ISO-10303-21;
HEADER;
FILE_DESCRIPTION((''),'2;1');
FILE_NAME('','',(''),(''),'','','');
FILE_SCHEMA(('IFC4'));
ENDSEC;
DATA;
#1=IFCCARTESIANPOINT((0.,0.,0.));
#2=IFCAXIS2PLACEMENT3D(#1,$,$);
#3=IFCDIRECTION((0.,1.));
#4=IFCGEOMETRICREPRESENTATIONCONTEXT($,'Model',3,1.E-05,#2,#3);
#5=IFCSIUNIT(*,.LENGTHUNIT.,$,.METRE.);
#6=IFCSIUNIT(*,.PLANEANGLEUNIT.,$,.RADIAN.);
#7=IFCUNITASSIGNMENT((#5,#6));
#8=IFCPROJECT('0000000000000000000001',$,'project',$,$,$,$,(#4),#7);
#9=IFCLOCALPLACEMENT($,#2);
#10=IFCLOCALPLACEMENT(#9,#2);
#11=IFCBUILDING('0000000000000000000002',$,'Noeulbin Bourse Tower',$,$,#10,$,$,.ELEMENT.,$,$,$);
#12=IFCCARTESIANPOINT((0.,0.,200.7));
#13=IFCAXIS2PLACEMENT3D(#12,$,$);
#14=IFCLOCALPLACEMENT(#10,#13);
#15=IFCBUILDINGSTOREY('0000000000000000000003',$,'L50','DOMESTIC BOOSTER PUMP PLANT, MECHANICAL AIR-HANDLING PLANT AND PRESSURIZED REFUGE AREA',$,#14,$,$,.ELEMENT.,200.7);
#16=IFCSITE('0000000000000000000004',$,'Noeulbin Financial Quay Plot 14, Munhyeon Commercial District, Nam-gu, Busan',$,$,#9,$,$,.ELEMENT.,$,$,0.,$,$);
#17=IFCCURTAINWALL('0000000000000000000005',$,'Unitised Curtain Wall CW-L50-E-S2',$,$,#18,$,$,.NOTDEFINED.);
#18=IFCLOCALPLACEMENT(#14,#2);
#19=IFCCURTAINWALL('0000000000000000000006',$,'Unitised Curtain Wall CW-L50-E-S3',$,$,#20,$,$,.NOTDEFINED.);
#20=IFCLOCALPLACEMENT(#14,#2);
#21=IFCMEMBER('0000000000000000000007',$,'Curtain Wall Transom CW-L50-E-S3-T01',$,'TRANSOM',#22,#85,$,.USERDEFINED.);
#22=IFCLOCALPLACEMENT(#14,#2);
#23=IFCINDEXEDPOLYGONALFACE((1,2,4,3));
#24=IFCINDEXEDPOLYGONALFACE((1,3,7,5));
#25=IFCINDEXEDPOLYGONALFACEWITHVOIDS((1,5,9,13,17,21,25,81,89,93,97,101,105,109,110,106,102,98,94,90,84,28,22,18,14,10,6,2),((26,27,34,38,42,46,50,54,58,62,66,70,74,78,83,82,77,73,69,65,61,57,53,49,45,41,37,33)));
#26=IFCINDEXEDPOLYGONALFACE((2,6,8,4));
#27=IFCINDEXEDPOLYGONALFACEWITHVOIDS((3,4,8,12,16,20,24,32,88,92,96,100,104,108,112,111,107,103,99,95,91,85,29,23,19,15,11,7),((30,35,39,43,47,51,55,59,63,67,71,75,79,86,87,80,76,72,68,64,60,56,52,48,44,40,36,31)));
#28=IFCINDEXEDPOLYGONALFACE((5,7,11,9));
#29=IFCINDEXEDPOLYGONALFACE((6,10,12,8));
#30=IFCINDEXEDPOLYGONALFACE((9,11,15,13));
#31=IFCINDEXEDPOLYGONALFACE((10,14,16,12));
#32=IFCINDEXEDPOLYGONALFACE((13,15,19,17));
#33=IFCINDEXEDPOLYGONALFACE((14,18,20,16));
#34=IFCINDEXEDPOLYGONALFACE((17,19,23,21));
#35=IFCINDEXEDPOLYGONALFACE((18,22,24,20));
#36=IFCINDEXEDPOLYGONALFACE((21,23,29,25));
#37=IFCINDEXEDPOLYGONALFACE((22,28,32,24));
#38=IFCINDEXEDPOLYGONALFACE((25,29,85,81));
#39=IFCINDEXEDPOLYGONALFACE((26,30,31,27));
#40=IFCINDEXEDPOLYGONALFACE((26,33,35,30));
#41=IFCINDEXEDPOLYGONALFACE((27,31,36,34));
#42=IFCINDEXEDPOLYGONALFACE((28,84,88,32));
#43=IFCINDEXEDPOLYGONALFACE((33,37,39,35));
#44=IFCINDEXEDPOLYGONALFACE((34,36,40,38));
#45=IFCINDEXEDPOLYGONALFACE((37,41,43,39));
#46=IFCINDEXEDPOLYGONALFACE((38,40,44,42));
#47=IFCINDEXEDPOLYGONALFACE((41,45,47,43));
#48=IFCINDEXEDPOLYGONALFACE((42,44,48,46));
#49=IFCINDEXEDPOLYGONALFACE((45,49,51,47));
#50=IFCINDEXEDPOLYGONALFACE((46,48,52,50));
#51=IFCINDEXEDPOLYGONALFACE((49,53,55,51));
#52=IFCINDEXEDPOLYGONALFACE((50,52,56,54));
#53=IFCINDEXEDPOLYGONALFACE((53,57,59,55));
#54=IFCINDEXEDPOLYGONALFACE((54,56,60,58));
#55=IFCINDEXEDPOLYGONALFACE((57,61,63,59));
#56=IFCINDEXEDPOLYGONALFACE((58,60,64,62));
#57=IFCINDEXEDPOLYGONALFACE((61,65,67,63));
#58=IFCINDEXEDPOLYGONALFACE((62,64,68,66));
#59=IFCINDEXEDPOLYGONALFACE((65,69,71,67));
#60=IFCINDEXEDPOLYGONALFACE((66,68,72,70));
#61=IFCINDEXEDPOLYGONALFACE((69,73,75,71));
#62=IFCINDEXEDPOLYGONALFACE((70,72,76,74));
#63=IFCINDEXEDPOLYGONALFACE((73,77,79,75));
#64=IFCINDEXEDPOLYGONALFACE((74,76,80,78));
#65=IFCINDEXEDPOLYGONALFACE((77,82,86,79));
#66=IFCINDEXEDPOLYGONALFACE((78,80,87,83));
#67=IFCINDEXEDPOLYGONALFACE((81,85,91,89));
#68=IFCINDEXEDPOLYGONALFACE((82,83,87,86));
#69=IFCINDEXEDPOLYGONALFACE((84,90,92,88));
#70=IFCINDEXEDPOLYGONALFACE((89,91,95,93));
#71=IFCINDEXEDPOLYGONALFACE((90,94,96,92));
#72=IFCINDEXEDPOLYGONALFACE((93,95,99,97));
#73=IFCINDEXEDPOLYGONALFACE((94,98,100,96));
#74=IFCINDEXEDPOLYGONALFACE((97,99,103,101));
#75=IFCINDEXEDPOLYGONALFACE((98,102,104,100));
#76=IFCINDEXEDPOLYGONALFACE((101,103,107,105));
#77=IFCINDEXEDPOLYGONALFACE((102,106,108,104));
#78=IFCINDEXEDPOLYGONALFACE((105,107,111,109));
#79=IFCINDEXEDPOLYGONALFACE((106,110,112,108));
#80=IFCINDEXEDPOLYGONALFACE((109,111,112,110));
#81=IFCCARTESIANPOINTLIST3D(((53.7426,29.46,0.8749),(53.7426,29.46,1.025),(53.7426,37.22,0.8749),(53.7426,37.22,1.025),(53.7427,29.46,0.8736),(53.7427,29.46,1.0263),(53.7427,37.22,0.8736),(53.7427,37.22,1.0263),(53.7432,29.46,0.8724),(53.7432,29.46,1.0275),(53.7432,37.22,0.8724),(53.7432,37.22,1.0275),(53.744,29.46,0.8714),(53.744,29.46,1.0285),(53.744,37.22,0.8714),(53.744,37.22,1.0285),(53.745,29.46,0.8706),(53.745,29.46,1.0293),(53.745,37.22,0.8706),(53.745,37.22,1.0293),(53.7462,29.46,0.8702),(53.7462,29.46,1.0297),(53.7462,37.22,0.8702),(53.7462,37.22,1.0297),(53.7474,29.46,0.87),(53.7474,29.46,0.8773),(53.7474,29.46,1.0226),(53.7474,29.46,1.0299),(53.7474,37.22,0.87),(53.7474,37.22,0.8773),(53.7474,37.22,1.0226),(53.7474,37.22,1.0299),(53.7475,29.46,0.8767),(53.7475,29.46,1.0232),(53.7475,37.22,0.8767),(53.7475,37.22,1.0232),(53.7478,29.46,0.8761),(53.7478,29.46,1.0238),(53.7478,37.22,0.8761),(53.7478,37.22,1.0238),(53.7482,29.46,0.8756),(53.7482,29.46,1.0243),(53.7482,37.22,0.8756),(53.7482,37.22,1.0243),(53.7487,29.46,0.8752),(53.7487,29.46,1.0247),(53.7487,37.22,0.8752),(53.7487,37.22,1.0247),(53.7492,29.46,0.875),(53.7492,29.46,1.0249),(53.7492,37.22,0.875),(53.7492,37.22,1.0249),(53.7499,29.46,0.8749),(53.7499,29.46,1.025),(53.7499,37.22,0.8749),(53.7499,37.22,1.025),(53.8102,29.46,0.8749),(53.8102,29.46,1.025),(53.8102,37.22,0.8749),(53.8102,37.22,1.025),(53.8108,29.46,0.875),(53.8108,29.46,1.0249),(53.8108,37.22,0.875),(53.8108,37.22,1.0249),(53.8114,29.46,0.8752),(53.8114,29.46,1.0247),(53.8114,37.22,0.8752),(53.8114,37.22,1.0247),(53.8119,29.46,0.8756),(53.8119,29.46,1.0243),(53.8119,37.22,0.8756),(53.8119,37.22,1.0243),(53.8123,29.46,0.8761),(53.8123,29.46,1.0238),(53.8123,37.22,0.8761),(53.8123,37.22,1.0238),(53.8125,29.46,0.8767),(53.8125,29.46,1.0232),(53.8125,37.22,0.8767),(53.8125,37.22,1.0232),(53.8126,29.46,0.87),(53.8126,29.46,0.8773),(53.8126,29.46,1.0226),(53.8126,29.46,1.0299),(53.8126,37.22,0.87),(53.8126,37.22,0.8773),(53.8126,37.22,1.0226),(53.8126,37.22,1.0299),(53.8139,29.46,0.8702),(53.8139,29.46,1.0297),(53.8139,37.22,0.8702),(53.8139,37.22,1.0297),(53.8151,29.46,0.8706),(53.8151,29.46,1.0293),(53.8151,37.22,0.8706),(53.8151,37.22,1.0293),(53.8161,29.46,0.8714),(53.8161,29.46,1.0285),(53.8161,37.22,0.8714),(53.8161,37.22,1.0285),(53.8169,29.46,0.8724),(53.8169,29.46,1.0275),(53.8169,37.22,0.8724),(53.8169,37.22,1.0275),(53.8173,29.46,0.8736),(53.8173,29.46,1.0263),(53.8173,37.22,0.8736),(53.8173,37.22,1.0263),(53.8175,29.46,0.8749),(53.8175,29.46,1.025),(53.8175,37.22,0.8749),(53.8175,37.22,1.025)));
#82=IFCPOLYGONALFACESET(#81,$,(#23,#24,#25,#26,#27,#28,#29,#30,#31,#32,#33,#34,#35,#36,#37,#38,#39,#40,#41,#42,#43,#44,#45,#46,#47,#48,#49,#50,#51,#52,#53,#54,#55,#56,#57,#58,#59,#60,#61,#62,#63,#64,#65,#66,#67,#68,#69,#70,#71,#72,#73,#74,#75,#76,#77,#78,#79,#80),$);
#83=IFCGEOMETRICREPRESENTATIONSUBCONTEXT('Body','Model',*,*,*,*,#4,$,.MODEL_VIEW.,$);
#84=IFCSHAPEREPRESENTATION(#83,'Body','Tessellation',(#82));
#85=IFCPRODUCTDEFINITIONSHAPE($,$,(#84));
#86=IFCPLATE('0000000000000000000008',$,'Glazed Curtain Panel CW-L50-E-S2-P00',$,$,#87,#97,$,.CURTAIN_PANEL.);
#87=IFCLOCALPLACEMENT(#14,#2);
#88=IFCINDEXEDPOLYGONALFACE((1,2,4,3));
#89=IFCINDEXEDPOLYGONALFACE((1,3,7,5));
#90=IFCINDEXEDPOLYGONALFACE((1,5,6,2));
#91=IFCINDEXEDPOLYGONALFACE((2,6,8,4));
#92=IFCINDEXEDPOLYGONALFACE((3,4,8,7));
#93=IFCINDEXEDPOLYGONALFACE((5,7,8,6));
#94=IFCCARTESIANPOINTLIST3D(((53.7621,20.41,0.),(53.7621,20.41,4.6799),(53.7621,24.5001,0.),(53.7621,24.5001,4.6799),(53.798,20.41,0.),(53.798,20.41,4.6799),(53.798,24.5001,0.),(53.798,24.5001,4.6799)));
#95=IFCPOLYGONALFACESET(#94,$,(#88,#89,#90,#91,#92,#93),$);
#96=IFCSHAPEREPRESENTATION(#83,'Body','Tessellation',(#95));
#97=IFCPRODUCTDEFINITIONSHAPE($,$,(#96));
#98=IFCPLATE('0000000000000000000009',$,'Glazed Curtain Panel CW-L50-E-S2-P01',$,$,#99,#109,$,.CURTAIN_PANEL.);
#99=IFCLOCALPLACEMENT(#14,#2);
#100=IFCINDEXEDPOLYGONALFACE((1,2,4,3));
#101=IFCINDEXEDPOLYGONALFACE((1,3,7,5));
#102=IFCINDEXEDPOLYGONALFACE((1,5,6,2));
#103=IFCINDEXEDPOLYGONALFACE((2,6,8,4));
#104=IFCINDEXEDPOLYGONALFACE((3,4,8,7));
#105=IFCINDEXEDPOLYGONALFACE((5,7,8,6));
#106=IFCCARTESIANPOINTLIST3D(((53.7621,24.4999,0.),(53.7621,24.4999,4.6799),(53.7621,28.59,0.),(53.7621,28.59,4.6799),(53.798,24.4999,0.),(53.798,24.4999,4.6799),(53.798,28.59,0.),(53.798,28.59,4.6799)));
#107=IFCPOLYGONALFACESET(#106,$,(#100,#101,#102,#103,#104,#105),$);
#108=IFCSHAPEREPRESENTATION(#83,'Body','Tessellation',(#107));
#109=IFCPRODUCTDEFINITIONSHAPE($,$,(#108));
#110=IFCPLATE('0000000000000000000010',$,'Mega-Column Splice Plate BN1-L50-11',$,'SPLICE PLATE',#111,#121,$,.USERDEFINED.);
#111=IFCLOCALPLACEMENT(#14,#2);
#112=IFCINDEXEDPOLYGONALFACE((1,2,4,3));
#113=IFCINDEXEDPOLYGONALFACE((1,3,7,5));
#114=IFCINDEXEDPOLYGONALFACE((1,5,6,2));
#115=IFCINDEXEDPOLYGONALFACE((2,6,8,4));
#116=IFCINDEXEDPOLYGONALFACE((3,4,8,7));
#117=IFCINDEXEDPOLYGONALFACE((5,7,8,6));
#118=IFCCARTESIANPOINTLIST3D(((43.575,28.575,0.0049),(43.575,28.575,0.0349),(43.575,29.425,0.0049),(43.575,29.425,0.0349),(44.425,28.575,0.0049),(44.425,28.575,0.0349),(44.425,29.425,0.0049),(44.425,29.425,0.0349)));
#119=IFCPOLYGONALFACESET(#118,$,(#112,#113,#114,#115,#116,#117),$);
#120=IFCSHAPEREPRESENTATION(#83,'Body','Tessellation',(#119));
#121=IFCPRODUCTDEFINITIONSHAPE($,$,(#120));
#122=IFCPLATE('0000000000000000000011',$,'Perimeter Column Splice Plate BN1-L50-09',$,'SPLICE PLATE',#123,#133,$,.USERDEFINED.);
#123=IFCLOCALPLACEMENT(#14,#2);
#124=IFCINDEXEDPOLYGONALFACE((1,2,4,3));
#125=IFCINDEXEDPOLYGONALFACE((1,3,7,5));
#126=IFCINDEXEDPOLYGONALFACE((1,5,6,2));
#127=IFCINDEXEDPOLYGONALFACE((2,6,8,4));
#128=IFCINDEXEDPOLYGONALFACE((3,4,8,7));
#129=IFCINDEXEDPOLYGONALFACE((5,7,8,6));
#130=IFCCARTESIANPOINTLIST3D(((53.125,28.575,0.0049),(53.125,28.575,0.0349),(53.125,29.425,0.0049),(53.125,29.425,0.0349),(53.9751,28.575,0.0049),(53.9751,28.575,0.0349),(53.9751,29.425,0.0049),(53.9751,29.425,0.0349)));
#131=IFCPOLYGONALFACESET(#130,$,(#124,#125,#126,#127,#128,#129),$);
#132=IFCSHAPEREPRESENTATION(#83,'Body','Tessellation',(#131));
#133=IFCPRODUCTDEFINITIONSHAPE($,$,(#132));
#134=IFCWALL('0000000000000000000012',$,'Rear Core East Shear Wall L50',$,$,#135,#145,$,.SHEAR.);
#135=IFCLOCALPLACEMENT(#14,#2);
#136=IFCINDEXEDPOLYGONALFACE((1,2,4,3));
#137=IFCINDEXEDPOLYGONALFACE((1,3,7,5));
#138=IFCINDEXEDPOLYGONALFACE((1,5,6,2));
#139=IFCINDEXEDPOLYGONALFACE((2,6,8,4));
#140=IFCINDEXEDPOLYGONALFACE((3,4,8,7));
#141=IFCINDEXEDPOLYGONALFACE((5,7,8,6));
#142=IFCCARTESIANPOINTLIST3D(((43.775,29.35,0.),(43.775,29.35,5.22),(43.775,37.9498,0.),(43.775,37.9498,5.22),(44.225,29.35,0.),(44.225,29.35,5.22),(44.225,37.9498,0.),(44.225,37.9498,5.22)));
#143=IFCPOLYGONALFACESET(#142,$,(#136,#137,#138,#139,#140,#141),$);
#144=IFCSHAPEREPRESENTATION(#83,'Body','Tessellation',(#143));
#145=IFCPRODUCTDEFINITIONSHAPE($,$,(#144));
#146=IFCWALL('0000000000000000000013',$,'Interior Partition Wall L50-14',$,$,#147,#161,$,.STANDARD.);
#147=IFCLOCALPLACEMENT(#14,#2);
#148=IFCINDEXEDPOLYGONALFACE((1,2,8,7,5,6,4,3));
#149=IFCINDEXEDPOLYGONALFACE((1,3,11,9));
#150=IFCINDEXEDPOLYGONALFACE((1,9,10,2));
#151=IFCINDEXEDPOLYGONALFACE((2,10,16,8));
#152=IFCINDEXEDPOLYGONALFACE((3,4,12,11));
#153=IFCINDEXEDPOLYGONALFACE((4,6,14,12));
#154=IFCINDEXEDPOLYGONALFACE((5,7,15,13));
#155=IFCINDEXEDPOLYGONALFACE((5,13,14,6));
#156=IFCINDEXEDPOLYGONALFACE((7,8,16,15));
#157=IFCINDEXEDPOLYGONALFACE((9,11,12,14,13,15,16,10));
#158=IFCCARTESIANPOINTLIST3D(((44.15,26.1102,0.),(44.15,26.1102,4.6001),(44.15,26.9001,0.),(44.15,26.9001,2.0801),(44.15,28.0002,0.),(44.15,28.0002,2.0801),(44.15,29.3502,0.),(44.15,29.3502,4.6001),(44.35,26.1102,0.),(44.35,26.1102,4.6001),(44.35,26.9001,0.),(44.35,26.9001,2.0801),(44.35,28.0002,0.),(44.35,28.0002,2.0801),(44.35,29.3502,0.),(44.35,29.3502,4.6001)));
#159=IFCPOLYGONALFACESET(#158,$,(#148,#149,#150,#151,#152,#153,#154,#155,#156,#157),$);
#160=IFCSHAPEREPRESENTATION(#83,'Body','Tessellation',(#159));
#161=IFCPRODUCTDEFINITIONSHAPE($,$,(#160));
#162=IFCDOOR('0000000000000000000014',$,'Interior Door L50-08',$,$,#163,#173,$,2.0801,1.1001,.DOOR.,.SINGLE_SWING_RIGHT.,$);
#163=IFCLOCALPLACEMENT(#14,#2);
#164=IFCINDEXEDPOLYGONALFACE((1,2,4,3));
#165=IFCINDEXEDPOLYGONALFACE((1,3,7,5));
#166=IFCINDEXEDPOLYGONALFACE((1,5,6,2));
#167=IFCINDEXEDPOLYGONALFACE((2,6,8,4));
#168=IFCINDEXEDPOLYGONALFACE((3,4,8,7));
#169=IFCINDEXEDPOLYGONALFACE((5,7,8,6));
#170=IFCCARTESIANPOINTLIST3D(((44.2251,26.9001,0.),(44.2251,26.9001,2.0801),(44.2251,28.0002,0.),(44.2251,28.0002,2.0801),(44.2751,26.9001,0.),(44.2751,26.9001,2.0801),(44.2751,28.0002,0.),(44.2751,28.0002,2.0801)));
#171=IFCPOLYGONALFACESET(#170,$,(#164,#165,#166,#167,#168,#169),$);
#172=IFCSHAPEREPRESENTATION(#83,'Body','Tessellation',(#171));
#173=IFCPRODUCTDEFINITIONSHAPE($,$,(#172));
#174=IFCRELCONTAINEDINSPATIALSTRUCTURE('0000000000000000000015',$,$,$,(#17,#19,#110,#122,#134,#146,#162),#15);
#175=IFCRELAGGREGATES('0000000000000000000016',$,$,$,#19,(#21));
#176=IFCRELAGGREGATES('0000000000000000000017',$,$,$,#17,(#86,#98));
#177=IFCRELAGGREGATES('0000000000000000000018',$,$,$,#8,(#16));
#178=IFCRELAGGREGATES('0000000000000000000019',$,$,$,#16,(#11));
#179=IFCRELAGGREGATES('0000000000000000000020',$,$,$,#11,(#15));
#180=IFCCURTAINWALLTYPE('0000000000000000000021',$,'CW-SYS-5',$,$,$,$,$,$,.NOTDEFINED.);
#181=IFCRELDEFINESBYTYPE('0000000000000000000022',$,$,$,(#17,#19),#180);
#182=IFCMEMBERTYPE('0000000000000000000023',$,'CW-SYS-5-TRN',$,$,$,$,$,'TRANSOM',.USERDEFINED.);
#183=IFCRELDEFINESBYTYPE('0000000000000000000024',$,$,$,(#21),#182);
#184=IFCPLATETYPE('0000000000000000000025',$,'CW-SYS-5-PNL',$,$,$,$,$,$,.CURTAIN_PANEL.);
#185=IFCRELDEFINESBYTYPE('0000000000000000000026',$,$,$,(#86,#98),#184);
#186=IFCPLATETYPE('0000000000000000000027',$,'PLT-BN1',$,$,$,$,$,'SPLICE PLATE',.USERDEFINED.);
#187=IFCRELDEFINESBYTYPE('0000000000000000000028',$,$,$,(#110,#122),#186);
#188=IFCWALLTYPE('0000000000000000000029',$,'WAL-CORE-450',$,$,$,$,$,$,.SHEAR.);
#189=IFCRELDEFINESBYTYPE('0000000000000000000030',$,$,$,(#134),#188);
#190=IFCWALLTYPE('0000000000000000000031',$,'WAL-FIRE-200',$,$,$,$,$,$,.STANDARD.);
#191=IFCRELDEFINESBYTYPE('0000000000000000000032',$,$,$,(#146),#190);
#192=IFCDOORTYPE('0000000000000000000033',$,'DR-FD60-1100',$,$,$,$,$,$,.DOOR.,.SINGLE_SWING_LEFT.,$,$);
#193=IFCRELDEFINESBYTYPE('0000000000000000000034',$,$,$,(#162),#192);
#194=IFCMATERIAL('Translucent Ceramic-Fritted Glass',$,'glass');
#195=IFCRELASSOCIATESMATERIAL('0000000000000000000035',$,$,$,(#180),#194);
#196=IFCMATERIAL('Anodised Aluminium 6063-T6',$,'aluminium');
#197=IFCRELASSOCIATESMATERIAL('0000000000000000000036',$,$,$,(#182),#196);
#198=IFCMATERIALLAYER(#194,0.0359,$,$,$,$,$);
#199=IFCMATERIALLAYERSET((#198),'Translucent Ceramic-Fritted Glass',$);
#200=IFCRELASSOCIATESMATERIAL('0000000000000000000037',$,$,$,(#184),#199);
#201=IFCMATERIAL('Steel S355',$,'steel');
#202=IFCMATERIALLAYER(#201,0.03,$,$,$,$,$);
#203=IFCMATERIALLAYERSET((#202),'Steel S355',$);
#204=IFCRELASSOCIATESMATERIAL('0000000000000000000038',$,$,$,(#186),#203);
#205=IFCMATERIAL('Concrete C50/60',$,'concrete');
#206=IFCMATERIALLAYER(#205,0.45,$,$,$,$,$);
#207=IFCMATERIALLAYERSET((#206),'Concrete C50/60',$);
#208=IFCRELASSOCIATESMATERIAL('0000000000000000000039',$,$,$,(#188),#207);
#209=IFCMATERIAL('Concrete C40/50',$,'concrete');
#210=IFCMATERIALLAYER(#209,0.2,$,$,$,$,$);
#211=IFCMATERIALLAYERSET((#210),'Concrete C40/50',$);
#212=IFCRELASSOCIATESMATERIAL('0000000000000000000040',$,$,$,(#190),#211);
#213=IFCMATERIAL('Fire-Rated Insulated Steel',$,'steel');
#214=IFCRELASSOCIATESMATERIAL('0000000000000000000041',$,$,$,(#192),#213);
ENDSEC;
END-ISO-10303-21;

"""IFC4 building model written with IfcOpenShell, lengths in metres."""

from ifc_helpers import new_model, si_unit, direction, frame, frame_2d, origin, origin_2d, place, context, subcontext, project, spatial, rectangle, hollow_rectangle, extrude, material, layer, layer_set, material_profile, profile_set, type_object, element, fill, aggregate, save


model = new_model("IFC4")

# Units and contexts
model_context = context("Model", 3, precision=1e-05, world=origin(), true_north=direction((0.0, 1.0)))
body_context = subcontext(model_context, "Body", "Model", "MODEL_VIEW")
ifc_project = project(units=[si_unit("LENGTHUNIT", "METRE"), si_unit("PLANEANGLEUNIT", "RADIAN")], contexts=[model_context])

# Site, building, storey
site_placement = place(None, origin())
site = spatial("IfcSite", under=ifc_project, at=site_placement, Name="Noeulbin Financial Quay Plot 14, Munhyeon Commercial District, Nam-gu, Busan", CompositionType="ELEMENT", RefElevation=0.0)
building_placement = place(site_placement, origin())
building = spatial("IfcBuilding", under=site, at=building_placement, Name="Noeulbin Bourse Tower", CompositionType="ELEMENT")
storey_placement = place(building_placement, frame((0.0, 0.0, 200.7)))
storey = spatial("IfcBuildingStorey", under=building, at=storey_placement, Name="L50", Description="DOMESTIC BOOSTER PUMP PLANT, MECHANICAL AIR-HANDLING PLANT AND PRESSURIZED REFUGE AREA", CompositionType="ELEMENT", Elevation=200.7)

# Shared definitions
ifc_material_1 = material(Name="Steel S355", Category="steel")

# Curtain wall
ifc_material_2 = material(Name="Translucent Ceramic-Fritted Glass", Category="glass")
curtain_wall_type = type_object("IfcCurtainWallType", Name="CW-SYS-5", PredefinedType="NOTDEFINED", material=ifc_material_2)
curtain_wall_1_placement = place(storey_placement, origin())
curtain_wall_1 = element("IfcCurtainWall", 1, at=curtain_wall_1_placement, inside=storey, type_object=curtain_wall_type, Name="Unitised Curtain Wall CW-L50-E-S2", PredefinedType="NOTDEFINED")
ifc_material_3 = material(Name="Anodised Aluminium 6063-T6", Category="aluminium")

# Curtain wall
curtain_wall_2_placement = place(storey_placement, origin())
curtain_wall_2 = element("IfcCurtainWall", 2, at=curtain_wall_2_placement, inside=storey, type_object=curtain_wall_type, Name="Unitised Curtain Wall CW-L50-E-S3", PredefinedType="NOTDEFINED")

# Member
ifc_material_profile_1 = material_profile(ifc_material_3, hollow_rectangle(XDim=0.075, YDim=0.1599, WallThickness=0.0049, InnerFilletRadius=0.0024, OuterFilletRadius=0.0049, at=origin_2d()), Name="ALU-TRAN-75x160x5", Category="LoadBearing")
ifc_profile_set_1 = profile_set([ifc_material_profile_1], Name="Anodised Aluminium 6063-T6")
member_type_1 = type_object("IfcMemberType", Name="CW-SYS-5-TRN", ElementType="TRANSOM", PredefinedType="USERDEFINED", material=ifc_profile_set_1)
member_1_placement = place(storey_placement, frame((53.78, 29.46, 0.95), z_axis=(0.0, 1.0, 0.0), x_axis=(-1.0, 0.0, 0.0)))
member_1 = element("IfcMember", 3, at=member_1_placement, type_object=member_type_1, Name="Curtain Wall Transom CW-L50-E-S3-T01", ObjectType="TRANSOM", PredefinedType="USERDEFINED", context=body_context, shape_type="SweptSolid", body=[
    extrude(hollow_rectangle(XDim=0.075, YDim=0.1599, WallThickness=0.0049, InnerFilletRadius=0.0024, OuterFilletRadius=0.0049, at=origin_2d()), origin(), (0.0, 0.0, 1.0), 7.76),
])
aggregate(curtain_wall_2, [member_1])

# Plates
ifc_layer_1 = layer(ifc_material_2, 0.0359)
ifc_layer_set_1 = layer_set([ifc_layer_1], Name="Translucent Ceramic-Fritted Glass")
plate_type_1 = type_object("IfcPlateType", Name="CW-SYS-5-PNL", PredefinedType="CURTAIN_PANEL", material=ifc_layer_set_1)
plate_1_placement = place(storey_placement, frame((53.78, 22.4551, 0.0), z_axis=(0.0, 0.0, 1.0), x_axis=(0.0, 1.0, 0.0)))
plate_1 = element("IfcPlate", 4, at=plate_1_placement, type_object=plate_type_1, Name="Glazed Curtain Panel CW-L50-E-S2-P00", PredefinedType="CURTAIN_PANEL", context=body_context, shape_type="SweptSolid", body=[
    extrude(rectangle(XDim=4.0901, YDim=0.0359, at=origin_2d()), origin(), (0.0, 0.0, 1.0), 4.6799),
])
plate_2_placement = place(storey_placement, frame((53.78, 26.5449, 0.0), z_axis=(0.0, 0.0, 1.0), x_axis=(0.0, 1.0, 0.0)))
plate_2 = element("IfcPlate", 5, at=plate_2_placement, type_object=plate_type_1, Name="Glazed Curtain Panel CW-L50-E-S2-P01", PredefinedType="CURTAIN_PANEL", context=body_context, shape_type="SweptSolid", body=[
    extrude(rectangle(XDim=4.0901, YDim=0.0359, at=origin_2d()), origin(), (0.0, 0.0, 1.0), 4.6799),
])
aggregate(curtain_wall_1, [plate_1, plate_2])

# Plates
ifc_layer_2 = layer(ifc_material_1, 0.03)
ifc_layer_set_2 = layer_set([ifc_layer_2], Name="Steel S355")
plate_type_2 = type_object("IfcPlateType", Name="PLT-BN1", ElementType="SPLICE PLATE", PredefinedType="USERDEFINED", material=ifc_layer_set_2)
for number, where, z_axis, x_axis, name in (
    (6, (44.0, 29.0, 0.0049), (0.0, 0.0, 1.0), (1.0, 0.0, 0.0), "Mega-Column Splice Plate BN1-L50-11"),
    (7, (53.55, 29.0, 0.0049), (0.0, 0.0, 1.0), (1.0, 0.0, 0.0), "Perimeter Column Splice Plate BN1-L50-09"),
):
    element("IfcPlate", number, at=place(storey_placement, frame(where, z_axis=z_axis, x_axis=x_axis)), inside=storey, type_object=plate_type_2, Name=name, ObjectType="SPLICE PLATE", PredefinedType="USERDEFINED", context=body_context, shape_type="SweptSolid", body=[
        extrude(rectangle(XDim=0.8501, YDim=0.8501, at=origin_2d()), origin(), (0.0, 0.0, 1.0), 0.03),
    ])

# Wall
ifc_material_4 = material(Name="Concrete C50/60", Category="concrete")
ifc_layer_3 = layer(ifc_material_4, 0.45)
ifc_layer_set_3 = layer_set([ifc_layer_3], Name="Concrete C50/60")
wall_type_1 = type_object("IfcWallType", Name="WAL-CORE-450", PredefinedType="SHEAR", material=ifc_layer_set_3)
wall_1_placement = place(storey_placement, frame((44.0, 29.3501, 0.0), z_axis=(0.0, 0.0, 1.0), x_axis=(0.0, 1.0, 0.0)))
element("IfcWall", 8, at=wall_1_placement, inside=storey, type_object=wall_type_1, Name="Rear Core East Shear Wall L50", PredefinedType="SHEAR", context=body_context, shape_type="SweptSolid", body=[
    extrude(rectangle(XDim=8.5999, YDim=0.45, at=frame_2d((4.2998, 0.0))), origin(), (0.0, 0.0, 1.0), 5.22),
])

# Wall, opening, door
ifc_material_5 = material(Name="Concrete C40/50", Category="concrete")
ifc_layer_4 = layer(ifc_material_5, 0.2)
ifc_layer_set_4 = layer_set([ifc_layer_4], Name="Concrete C40/50")
wall_type_2 = type_object("IfcWallType", Name="WAL-FIRE-200", PredefinedType="STANDARD", material=ifc_layer_set_4)
wall_2_placement = place(storey_placement, frame((44.25, 26.1101, 0.0), z_axis=(0.0, 0.0, 1.0), x_axis=(0.0, 1.0, 0.0)))
wall_2 = element("IfcWall", 9, at=wall_2_placement, inside=storey, type_object=wall_type_2, Name="Interior Partition Wall L50-14", PredefinedType="STANDARD", context=body_context, shape_type="SweptSolid", body=[
    extrude(rectangle(XDim=3.24, YDim=0.2, at=frame_2d((1.6201, 0.0))), origin(), (0.0, 0.0, 1.0), 4.6001),
])
opening_placement = place(wall_2_placement, frame((0.79, 0.0, 0.0)))
opening = element("IfcOpeningElement", 10, at=opening_placement, cuts=wall_2, PredefinedType="OPENING", context=body_context, shape_type="SweptSolid", body=[
    extrude(rectangle(XDim=1.1001, YDim=2.0801, at=frame_2d((0.55, 1.04))), frame((0.0, 0.1099, 0.0), z_axis=(0.0, -1.0, 0.0), x_axis=(1.0, 0.0, 0.0)), (0.0, 0.0, 1.0), 0.22),
])
ifc_material_6 = material(Name="Fire-Rated Insulated Steel", Category="steel")
door_type = type_object("IfcDoorType", Name="DR-FD60-1100", OperationType="SINGLE_SWING_LEFT", PredefinedType="DOOR", material=ifc_material_6)
door_placement = place(opening_placement, origin())
door = element("IfcDoor", 11, at=door_placement, inside=storey, type_object=door_type, Name="Interior Door L50-08", OperationType="SINGLE_SWING_RIGHT", OverallHeight=2.0801, OverallWidth=1.1001, PredefinedType="DOOR", context=body_context, shape_type="SweptSolid", body=[
    extrude(rectangle(XDim=1.1001, YDim=2.0801, at=frame_2d((0.55, 1.04))), frame((0.0, 0.0249, 0.0), z_axis=(0.0, -1.0, 0.0), x_axis=(1.0, 0.0, 0.0)), (0.0, 0.0, 1.0), 0.05),
])
fill(opening, door)

save(model, "model.ifc")
